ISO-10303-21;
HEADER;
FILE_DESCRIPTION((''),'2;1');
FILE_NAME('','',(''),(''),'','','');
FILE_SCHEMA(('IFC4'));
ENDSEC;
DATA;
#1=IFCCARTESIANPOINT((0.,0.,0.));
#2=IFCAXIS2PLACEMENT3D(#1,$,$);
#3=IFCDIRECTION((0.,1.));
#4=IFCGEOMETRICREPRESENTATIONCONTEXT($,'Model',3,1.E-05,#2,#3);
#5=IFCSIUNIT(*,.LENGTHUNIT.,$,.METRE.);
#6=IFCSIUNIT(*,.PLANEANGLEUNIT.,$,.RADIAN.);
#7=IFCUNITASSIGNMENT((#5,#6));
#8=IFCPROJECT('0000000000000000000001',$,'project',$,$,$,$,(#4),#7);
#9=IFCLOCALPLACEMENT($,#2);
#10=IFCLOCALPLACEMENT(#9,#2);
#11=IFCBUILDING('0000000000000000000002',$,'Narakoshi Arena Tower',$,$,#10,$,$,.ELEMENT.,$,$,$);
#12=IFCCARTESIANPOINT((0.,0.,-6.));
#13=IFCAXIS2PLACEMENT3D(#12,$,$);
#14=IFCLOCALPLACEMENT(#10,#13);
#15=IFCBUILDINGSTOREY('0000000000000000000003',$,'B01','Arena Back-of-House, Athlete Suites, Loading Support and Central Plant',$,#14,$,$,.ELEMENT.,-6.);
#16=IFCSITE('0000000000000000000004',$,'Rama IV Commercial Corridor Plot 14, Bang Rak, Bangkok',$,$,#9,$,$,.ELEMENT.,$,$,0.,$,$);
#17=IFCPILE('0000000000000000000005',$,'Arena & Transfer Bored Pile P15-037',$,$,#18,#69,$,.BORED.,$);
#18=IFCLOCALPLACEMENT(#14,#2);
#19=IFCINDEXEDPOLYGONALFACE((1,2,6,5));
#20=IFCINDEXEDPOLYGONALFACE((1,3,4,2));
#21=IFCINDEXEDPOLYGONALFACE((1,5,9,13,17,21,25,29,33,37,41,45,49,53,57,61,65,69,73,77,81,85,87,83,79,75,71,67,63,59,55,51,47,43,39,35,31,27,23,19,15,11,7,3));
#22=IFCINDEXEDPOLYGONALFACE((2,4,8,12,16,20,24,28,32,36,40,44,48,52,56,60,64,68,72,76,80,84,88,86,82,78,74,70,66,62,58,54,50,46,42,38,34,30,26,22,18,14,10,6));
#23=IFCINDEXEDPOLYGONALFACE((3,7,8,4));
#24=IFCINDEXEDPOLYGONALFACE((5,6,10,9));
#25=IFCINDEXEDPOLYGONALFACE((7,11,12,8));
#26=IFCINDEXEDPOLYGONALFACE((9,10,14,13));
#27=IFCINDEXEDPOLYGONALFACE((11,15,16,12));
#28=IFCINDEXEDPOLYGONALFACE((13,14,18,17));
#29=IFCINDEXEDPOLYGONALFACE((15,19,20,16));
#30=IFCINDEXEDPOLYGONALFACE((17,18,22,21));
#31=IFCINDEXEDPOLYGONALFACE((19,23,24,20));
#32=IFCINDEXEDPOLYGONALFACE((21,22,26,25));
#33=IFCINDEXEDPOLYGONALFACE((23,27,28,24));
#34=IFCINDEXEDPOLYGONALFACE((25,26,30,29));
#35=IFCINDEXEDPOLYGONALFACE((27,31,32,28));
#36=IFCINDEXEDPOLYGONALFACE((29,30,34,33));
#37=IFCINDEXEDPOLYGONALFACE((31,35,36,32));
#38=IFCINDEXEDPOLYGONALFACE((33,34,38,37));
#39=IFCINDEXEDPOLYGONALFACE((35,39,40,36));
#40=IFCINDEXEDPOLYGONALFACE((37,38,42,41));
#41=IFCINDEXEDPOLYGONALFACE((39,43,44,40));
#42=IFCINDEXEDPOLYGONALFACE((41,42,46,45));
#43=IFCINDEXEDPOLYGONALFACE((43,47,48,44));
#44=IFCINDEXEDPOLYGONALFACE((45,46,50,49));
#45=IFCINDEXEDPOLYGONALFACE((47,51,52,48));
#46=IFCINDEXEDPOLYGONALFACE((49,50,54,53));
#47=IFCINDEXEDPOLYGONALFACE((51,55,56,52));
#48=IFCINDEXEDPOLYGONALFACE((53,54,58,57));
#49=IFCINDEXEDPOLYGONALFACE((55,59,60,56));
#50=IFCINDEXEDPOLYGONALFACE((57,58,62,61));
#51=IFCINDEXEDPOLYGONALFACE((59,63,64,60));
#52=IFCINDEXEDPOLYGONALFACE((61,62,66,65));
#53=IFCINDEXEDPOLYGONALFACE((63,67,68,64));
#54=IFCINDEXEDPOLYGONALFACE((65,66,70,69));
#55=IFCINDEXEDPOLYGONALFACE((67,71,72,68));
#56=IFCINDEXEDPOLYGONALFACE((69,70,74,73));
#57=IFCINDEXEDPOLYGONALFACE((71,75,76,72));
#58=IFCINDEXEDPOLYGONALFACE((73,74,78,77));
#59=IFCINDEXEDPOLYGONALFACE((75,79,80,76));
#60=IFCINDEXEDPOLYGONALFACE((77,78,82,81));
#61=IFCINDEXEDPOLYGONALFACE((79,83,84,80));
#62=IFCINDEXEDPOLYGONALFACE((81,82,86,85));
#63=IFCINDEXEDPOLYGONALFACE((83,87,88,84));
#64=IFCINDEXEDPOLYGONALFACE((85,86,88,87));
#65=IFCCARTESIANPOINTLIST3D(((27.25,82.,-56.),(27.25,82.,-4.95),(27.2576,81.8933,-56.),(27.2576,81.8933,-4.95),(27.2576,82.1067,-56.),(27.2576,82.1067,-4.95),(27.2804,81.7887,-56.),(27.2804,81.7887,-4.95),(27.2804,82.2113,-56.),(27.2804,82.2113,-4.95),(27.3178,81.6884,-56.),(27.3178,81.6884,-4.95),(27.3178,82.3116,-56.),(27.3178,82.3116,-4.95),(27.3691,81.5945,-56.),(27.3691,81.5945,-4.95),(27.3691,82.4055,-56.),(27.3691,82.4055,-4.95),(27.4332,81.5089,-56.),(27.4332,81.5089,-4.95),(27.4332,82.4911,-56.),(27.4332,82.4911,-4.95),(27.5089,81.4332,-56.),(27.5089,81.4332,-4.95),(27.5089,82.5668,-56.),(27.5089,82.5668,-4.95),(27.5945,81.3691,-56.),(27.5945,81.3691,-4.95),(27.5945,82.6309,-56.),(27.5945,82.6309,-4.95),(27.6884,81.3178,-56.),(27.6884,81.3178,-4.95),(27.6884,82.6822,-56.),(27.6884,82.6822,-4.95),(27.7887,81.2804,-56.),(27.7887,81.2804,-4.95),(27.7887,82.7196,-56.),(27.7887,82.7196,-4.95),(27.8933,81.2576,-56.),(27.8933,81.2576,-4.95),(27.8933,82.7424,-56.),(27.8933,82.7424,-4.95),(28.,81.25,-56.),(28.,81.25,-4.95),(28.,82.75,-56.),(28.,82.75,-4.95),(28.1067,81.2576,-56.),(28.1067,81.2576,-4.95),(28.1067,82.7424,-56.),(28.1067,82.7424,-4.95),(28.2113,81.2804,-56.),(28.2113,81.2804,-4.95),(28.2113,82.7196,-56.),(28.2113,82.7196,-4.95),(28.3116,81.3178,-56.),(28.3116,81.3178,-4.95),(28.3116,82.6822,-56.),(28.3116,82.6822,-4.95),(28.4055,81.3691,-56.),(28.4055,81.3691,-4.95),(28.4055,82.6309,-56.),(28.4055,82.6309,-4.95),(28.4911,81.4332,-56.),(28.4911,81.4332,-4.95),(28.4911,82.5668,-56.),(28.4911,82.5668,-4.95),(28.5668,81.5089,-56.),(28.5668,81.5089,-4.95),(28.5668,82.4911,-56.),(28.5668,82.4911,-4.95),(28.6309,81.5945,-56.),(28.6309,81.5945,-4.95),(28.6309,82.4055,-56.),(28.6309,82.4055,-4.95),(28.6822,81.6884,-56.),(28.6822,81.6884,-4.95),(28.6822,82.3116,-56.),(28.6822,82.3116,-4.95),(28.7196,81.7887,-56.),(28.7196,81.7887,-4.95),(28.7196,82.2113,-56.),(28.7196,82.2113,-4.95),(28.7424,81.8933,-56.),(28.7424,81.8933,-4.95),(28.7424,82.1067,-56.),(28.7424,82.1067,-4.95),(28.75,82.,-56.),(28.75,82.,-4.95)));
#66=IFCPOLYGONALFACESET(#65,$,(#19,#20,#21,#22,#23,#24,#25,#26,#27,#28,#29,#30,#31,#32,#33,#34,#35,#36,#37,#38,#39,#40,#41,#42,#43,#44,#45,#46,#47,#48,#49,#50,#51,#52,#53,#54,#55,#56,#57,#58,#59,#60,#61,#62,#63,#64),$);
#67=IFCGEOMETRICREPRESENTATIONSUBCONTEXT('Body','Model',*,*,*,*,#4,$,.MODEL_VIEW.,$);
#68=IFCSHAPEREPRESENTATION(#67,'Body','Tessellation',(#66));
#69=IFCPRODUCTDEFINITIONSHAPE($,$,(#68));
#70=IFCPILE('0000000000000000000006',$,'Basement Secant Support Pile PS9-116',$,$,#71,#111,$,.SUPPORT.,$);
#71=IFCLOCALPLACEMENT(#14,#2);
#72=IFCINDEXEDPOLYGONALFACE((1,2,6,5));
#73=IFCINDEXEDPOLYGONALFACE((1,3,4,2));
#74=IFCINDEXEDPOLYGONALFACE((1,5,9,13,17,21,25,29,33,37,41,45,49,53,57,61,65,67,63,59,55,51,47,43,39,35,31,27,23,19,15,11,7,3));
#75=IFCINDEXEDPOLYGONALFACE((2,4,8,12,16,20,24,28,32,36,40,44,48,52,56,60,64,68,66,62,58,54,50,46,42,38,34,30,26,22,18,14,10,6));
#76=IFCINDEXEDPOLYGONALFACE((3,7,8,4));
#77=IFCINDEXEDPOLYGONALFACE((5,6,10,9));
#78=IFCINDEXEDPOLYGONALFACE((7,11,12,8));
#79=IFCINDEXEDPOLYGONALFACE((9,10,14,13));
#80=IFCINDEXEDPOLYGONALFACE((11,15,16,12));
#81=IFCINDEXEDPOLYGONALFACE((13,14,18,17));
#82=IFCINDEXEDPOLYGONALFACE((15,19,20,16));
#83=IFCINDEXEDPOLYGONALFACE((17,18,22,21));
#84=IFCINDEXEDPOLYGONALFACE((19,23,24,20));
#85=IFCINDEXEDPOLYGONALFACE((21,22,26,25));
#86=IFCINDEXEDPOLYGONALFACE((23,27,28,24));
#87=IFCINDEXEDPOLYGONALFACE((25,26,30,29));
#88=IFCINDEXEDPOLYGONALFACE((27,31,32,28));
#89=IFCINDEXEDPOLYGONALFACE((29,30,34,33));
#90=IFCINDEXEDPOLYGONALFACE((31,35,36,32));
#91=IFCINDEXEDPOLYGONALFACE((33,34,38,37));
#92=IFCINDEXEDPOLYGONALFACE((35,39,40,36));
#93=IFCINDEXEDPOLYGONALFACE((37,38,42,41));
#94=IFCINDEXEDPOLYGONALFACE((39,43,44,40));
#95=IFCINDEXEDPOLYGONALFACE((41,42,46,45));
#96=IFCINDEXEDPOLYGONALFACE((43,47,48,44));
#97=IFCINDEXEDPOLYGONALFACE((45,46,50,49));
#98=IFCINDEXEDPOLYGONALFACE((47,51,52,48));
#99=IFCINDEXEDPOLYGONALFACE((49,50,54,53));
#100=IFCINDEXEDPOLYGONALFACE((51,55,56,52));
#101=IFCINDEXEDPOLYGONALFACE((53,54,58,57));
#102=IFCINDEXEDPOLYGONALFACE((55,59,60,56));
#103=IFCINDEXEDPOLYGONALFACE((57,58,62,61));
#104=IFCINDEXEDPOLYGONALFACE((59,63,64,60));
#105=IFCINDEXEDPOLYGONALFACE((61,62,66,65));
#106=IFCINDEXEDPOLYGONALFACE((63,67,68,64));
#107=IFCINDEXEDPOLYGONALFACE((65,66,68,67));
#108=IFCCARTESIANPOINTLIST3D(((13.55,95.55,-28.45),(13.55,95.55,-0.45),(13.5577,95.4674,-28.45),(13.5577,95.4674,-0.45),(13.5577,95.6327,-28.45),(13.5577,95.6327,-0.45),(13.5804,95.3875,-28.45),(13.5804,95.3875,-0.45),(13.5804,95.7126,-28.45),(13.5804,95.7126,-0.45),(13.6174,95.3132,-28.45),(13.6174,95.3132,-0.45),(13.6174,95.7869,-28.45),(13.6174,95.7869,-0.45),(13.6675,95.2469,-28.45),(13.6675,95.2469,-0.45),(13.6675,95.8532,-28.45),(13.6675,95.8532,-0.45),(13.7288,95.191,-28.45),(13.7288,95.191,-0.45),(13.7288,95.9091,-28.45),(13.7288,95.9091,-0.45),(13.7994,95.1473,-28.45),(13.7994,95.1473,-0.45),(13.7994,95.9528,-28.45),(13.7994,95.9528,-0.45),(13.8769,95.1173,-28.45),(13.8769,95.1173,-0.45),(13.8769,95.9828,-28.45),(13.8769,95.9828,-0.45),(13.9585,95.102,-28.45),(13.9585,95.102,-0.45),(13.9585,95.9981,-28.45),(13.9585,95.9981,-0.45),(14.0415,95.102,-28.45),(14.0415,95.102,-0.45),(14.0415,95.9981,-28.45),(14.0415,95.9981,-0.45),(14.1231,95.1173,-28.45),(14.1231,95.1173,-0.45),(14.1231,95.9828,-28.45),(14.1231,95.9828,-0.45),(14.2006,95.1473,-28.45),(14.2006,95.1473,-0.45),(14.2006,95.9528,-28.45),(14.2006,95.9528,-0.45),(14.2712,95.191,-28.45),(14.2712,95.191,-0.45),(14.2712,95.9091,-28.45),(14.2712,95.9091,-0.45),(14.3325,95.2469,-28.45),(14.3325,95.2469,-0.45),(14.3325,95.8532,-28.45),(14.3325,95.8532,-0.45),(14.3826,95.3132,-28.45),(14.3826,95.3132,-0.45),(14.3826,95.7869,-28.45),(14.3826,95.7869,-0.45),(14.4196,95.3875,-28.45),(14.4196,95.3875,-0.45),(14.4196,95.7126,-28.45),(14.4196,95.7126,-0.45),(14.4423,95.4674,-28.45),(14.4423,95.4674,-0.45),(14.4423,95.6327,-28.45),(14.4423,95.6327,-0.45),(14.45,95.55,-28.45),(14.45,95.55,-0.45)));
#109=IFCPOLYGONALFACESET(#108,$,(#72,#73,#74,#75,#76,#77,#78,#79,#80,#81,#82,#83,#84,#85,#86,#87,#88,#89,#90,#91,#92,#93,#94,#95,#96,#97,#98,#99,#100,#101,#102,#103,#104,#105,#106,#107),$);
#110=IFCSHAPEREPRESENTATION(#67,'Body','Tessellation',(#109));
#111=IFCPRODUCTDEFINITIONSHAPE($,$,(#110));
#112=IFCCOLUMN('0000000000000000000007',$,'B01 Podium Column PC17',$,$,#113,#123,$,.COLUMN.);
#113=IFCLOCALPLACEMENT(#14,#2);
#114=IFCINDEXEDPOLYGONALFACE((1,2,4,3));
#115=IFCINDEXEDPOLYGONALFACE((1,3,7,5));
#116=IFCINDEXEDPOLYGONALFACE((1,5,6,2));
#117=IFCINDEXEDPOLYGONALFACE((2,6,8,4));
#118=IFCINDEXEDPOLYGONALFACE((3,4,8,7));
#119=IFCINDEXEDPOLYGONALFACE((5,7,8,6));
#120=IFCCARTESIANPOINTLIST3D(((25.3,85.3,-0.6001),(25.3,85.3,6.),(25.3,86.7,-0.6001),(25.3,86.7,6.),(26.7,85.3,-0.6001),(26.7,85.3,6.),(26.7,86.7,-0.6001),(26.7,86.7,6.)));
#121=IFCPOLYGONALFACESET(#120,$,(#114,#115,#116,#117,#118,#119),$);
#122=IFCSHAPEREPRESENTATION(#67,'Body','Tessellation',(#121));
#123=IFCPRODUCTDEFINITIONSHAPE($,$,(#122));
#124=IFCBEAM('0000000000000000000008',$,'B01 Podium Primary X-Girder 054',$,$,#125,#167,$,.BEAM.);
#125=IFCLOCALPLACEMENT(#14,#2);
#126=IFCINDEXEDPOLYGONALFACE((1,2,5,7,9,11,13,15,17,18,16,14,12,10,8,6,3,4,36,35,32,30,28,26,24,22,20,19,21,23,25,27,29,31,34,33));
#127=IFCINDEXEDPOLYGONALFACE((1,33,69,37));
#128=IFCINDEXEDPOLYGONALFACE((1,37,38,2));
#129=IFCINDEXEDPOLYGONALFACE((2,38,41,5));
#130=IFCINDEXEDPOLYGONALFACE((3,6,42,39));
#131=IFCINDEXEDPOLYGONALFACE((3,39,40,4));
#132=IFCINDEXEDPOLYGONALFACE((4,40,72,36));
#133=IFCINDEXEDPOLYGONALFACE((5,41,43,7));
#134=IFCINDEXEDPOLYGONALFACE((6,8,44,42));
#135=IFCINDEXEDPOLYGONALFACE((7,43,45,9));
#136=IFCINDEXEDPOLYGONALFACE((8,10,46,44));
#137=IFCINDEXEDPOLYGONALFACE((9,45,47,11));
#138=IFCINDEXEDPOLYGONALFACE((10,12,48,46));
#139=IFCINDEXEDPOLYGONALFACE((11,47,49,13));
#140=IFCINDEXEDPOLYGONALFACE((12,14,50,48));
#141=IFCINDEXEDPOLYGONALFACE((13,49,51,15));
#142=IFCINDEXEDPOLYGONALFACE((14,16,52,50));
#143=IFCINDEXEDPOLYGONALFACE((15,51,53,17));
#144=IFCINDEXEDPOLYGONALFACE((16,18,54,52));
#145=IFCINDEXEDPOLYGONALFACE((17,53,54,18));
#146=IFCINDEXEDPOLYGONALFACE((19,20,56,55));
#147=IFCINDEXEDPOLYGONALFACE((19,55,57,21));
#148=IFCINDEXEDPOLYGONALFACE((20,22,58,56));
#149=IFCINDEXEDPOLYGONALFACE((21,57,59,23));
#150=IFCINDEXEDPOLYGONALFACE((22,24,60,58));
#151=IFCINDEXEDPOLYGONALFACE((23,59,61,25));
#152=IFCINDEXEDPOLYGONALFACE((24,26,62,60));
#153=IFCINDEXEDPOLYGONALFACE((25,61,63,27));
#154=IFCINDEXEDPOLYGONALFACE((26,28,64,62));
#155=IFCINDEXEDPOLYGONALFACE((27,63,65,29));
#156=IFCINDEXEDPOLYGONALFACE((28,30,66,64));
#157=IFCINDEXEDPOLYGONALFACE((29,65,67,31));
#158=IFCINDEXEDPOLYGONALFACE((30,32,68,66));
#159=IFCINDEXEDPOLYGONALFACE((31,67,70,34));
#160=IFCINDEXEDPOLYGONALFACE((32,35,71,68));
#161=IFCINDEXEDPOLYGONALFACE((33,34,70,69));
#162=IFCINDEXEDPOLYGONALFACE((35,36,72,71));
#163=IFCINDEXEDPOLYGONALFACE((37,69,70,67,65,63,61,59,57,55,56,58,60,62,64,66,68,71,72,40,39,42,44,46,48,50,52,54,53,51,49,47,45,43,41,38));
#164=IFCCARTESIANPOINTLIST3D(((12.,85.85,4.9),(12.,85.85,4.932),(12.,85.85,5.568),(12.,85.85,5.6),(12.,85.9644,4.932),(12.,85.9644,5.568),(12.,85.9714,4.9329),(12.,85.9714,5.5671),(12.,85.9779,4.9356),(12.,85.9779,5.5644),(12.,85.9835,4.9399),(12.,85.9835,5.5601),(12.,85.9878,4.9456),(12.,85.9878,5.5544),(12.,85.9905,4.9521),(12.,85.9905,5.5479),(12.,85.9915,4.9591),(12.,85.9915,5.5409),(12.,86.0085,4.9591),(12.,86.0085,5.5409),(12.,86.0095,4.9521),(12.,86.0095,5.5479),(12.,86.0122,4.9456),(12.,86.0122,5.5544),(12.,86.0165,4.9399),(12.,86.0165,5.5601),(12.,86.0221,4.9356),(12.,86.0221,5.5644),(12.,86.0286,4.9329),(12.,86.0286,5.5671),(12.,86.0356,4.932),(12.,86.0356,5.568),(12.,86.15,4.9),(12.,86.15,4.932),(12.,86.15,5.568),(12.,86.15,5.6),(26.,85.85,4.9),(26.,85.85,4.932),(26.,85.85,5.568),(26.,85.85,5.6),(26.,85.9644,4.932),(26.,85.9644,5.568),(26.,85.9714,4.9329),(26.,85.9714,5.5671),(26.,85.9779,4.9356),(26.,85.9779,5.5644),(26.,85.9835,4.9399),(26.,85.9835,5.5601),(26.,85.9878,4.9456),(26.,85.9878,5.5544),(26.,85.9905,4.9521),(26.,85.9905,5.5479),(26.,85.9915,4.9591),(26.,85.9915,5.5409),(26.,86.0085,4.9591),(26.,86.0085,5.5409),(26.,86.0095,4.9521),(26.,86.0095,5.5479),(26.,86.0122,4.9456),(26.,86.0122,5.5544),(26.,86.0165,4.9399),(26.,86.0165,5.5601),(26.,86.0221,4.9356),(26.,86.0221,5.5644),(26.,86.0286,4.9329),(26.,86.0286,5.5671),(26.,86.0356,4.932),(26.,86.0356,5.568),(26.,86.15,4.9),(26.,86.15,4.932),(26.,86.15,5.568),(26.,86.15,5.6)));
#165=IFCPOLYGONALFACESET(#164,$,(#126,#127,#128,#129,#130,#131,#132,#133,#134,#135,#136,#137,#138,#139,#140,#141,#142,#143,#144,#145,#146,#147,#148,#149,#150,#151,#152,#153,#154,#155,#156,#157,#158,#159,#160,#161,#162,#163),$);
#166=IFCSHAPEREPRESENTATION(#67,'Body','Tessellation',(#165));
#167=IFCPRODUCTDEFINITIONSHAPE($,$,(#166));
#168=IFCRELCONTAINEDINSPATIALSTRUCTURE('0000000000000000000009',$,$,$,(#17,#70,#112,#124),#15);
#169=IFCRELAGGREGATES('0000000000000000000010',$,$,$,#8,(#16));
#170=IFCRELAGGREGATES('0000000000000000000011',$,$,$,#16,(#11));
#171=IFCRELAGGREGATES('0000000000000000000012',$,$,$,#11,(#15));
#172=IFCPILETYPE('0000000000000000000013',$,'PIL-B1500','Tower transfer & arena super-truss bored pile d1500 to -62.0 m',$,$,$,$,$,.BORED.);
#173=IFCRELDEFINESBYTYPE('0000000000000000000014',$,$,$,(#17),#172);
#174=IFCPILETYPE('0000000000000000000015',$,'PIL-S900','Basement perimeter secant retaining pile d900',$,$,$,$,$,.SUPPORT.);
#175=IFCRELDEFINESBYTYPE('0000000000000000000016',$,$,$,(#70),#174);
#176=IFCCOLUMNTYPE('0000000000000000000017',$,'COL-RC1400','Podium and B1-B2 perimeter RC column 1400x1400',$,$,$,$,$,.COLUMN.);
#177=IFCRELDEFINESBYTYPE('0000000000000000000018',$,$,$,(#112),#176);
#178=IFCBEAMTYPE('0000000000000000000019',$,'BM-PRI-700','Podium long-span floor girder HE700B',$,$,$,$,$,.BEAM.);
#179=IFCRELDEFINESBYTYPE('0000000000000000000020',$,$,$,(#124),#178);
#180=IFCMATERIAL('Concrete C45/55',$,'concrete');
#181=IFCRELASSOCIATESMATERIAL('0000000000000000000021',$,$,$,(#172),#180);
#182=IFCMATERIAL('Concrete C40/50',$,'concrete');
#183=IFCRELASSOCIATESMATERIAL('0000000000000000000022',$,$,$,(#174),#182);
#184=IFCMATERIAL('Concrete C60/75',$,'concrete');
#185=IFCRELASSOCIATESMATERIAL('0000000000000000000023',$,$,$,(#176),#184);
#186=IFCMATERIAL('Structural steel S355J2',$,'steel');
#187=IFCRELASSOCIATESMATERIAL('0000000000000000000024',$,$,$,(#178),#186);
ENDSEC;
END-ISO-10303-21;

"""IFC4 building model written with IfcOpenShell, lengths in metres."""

from ifc_helpers import new_model, si_unit, direction, frame, origin, origin_2d, place, context, subcontext, project, spatial, rectangle, circle, i_section, extrude, material, material_profile, profile_set, type_object, element, save


model = new_model("IFC4")

# Units and contexts
model_context = context("Model", 3, precision=1e-05, world=origin(), true_north=direction((0.0, 1.0)))
body_context = subcontext(model_context, "Body", "Model", "MODEL_VIEW")
ifc_project = project(units=[si_unit("LENGTHUNIT", "METRE"), si_unit("PLANEANGLEUNIT", "RADIAN")], contexts=[model_context])

# Site, building, storey
site_placement = place(None, origin())
site = spatial("IfcSite", under=ifc_project, at=site_placement, Name="Rama IV Commercial Corridor Plot 14, Bang Rak, Bangkok", CompositionType="ELEMENT", RefElevation=0.0)
building_placement = place(site_placement, origin())
building = spatial("IfcBuilding", under=site, at=building_placement, Name="Narakoshi Arena Tower", CompositionType="ELEMENT")
storey_placement = place(building_placement, frame((0.0, 0.0, -6.0)))
storey = spatial("IfcBuildingStorey", under=building, at=storey_placement, Name="B01", Description="Arena Back-of-House, Athlete Suites, Loading Support and Central Plant", CompositionType="ELEMENT", Elevation=-6.0)

# Shared definitions
ifc_material_1 = material(Name="Concrete C45/55", Category="concrete")

# Piles
ifc_material_profile_1 = material_profile(ifc_material_1, circle(Radius=0.75, at=origin_2d()), Name="PILE-D1500")
ifc_profile_set_1 = profile_set([ifc_material_profile_1], Name="Concrete C45/55")
pile_type_1 = type_object("IfcPileType", Name="PIL-B1500", Description="Tower transfer & arena super-truss bored pile d1500 to -62.0 m", PredefinedType="BORED", material=ifc_profile_set_1)
for number, where, z_axis, x_axis, name in (
    (1, (28.0, 82.0, -4.95), (0.0, 0.0, -1.0), (1.0, 0.0, 0.0), "Arena & Transfer Bored Pile P15-037"),
):
    element("IfcPile", number, at=place(storey_placement, frame(where, z_axis=z_axis, x_axis=x_axis)), inside=storey, type_object=pile_type_1, Name=name, PredefinedType="BORED", context=body_context, shape_type="SweptSolid", body=[
        extrude(circle(Radius=0.75, at=origin_2d()), origin(), (0.0, 0.0, 1.0), 51.05),
    ])
ifc_material_2 = material(Name="Concrete C40/50", Category="concrete")
ifc_material_profile_2 = material_profile(ifc_material_2, circle(Radius=0.45, at=origin_2d()), Name="PILE-D900")
ifc_profile_set_2 = profile_set([ifc_material_profile_2], Name="Concrete C40/50")
pile_type_2 = type_object("IfcPileType", Name="PIL-S900", Description="Basement perimeter secant retaining pile d900", PredefinedType="SUPPORT", material=ifc_profile_set_2)
pile_placement = place(storey_placement, frame((14.0, 95.55, -0.45), z_axis=(0.0, 0.0, -1.0), x_axis=(1.0, 0.0, 0.0)))
element("IfcPile", 2, at=pile_placement, inside=storey, type_object=pile_type_2, Name="Basement Secant Support Pile PS9-116", PredefinedType="SUPPORT", context=body_context, shape_type="SweptSolid", body=[
    extrude(circle(Radius=0.45, at=origin_2d()), origin(), (0.0, 0.0, 1.0), 28.0),
])

# Column
ifc_material_3 = material(Name="Concrete C60/75", Category="concrete")
ifc_material_profile_3 = material_profile(ifc_material_3, rectangle(XDim=1.3999, YDim=1.3999, at=origin_2d()), Name="RC1400x1400")
ifc_profile_set_3 = profile_set([ifc_material_profile_3], Name="Concrete C60/75")
column_type = type_object("IfcColumnType", Name="COL-RC1400", Description="Podium and B1-B2 perimeter RC column 1400x1400", PredefinedType="COLUMN", material=ifc_profile_set_3)
column_placement = place(storey_placement, frame((26.0, 86.0, -0.6001), z_axis=(0.0, 0.0, 1.0), x_axis=(1.0, 0.0, 0.0)))
element("IfcColumn", 3, at=column_placement, inside=storey, type_object=column_type, Name="B01 Podium Column PC17", PredefinedType="COLUMN", context=body_context, shape_type="SweptSolid", body=[
    extrude(rectangle(XDim=1.3999, YDim=1.3999, at=origin_2d()), origin(), (0.0, 0.0, 1.0), 6.6001),
])

# Beam
ifc_material_4 = material(Name="Structural steel S355J2", Category="steel")
ifc_material_profile_4 = material_profile(ifc_material_4, i_section(OverallWidth=0.3, OverallDepth=0.7, WebThickness=0.0171, FlangeThickness=0.032, FilletRadius=0.0271, at=origin_2d()), Name="HE700B")
ifc_profile_set_4 = profile_set([ifc_material_profile_4], Name="Structural steel S355J2")
beam_type = type_object("IfcBeamType", Name="BM-PRI-700", Description="Podium long-span floor girder HE700B", PredefinedType="BEAM", material=ifc_profile_set_4)
for number, where, z_axis, x_axis, name in (
    (4, (12.0, 86.0, 5.25), (1.0, 0.0, 0.0), (0.0, 1.0, 0.0), "B01 Podium Primary X-Girder 054"),
):
    element("IfcBeam", number, at=place(storey_placement, frame(where, z_axis=z_axis, x_axis=x_axis)), inside=storey, type_object=beam_type, Name=name, PredefinedType="BEAM", context=body_context, shape_type="SweptSolid", body=[
        extrude(i_section(OverallWidth=0.3, OverallDepth=0.7, WebThickness=0.0171, FlangeThickness=0.032, FilletRadius=0.0271, at=origin_2d()), origin(), (0.0, 0.0, 1.0), 14.0),
    ])

save(model, "model.ifc")
